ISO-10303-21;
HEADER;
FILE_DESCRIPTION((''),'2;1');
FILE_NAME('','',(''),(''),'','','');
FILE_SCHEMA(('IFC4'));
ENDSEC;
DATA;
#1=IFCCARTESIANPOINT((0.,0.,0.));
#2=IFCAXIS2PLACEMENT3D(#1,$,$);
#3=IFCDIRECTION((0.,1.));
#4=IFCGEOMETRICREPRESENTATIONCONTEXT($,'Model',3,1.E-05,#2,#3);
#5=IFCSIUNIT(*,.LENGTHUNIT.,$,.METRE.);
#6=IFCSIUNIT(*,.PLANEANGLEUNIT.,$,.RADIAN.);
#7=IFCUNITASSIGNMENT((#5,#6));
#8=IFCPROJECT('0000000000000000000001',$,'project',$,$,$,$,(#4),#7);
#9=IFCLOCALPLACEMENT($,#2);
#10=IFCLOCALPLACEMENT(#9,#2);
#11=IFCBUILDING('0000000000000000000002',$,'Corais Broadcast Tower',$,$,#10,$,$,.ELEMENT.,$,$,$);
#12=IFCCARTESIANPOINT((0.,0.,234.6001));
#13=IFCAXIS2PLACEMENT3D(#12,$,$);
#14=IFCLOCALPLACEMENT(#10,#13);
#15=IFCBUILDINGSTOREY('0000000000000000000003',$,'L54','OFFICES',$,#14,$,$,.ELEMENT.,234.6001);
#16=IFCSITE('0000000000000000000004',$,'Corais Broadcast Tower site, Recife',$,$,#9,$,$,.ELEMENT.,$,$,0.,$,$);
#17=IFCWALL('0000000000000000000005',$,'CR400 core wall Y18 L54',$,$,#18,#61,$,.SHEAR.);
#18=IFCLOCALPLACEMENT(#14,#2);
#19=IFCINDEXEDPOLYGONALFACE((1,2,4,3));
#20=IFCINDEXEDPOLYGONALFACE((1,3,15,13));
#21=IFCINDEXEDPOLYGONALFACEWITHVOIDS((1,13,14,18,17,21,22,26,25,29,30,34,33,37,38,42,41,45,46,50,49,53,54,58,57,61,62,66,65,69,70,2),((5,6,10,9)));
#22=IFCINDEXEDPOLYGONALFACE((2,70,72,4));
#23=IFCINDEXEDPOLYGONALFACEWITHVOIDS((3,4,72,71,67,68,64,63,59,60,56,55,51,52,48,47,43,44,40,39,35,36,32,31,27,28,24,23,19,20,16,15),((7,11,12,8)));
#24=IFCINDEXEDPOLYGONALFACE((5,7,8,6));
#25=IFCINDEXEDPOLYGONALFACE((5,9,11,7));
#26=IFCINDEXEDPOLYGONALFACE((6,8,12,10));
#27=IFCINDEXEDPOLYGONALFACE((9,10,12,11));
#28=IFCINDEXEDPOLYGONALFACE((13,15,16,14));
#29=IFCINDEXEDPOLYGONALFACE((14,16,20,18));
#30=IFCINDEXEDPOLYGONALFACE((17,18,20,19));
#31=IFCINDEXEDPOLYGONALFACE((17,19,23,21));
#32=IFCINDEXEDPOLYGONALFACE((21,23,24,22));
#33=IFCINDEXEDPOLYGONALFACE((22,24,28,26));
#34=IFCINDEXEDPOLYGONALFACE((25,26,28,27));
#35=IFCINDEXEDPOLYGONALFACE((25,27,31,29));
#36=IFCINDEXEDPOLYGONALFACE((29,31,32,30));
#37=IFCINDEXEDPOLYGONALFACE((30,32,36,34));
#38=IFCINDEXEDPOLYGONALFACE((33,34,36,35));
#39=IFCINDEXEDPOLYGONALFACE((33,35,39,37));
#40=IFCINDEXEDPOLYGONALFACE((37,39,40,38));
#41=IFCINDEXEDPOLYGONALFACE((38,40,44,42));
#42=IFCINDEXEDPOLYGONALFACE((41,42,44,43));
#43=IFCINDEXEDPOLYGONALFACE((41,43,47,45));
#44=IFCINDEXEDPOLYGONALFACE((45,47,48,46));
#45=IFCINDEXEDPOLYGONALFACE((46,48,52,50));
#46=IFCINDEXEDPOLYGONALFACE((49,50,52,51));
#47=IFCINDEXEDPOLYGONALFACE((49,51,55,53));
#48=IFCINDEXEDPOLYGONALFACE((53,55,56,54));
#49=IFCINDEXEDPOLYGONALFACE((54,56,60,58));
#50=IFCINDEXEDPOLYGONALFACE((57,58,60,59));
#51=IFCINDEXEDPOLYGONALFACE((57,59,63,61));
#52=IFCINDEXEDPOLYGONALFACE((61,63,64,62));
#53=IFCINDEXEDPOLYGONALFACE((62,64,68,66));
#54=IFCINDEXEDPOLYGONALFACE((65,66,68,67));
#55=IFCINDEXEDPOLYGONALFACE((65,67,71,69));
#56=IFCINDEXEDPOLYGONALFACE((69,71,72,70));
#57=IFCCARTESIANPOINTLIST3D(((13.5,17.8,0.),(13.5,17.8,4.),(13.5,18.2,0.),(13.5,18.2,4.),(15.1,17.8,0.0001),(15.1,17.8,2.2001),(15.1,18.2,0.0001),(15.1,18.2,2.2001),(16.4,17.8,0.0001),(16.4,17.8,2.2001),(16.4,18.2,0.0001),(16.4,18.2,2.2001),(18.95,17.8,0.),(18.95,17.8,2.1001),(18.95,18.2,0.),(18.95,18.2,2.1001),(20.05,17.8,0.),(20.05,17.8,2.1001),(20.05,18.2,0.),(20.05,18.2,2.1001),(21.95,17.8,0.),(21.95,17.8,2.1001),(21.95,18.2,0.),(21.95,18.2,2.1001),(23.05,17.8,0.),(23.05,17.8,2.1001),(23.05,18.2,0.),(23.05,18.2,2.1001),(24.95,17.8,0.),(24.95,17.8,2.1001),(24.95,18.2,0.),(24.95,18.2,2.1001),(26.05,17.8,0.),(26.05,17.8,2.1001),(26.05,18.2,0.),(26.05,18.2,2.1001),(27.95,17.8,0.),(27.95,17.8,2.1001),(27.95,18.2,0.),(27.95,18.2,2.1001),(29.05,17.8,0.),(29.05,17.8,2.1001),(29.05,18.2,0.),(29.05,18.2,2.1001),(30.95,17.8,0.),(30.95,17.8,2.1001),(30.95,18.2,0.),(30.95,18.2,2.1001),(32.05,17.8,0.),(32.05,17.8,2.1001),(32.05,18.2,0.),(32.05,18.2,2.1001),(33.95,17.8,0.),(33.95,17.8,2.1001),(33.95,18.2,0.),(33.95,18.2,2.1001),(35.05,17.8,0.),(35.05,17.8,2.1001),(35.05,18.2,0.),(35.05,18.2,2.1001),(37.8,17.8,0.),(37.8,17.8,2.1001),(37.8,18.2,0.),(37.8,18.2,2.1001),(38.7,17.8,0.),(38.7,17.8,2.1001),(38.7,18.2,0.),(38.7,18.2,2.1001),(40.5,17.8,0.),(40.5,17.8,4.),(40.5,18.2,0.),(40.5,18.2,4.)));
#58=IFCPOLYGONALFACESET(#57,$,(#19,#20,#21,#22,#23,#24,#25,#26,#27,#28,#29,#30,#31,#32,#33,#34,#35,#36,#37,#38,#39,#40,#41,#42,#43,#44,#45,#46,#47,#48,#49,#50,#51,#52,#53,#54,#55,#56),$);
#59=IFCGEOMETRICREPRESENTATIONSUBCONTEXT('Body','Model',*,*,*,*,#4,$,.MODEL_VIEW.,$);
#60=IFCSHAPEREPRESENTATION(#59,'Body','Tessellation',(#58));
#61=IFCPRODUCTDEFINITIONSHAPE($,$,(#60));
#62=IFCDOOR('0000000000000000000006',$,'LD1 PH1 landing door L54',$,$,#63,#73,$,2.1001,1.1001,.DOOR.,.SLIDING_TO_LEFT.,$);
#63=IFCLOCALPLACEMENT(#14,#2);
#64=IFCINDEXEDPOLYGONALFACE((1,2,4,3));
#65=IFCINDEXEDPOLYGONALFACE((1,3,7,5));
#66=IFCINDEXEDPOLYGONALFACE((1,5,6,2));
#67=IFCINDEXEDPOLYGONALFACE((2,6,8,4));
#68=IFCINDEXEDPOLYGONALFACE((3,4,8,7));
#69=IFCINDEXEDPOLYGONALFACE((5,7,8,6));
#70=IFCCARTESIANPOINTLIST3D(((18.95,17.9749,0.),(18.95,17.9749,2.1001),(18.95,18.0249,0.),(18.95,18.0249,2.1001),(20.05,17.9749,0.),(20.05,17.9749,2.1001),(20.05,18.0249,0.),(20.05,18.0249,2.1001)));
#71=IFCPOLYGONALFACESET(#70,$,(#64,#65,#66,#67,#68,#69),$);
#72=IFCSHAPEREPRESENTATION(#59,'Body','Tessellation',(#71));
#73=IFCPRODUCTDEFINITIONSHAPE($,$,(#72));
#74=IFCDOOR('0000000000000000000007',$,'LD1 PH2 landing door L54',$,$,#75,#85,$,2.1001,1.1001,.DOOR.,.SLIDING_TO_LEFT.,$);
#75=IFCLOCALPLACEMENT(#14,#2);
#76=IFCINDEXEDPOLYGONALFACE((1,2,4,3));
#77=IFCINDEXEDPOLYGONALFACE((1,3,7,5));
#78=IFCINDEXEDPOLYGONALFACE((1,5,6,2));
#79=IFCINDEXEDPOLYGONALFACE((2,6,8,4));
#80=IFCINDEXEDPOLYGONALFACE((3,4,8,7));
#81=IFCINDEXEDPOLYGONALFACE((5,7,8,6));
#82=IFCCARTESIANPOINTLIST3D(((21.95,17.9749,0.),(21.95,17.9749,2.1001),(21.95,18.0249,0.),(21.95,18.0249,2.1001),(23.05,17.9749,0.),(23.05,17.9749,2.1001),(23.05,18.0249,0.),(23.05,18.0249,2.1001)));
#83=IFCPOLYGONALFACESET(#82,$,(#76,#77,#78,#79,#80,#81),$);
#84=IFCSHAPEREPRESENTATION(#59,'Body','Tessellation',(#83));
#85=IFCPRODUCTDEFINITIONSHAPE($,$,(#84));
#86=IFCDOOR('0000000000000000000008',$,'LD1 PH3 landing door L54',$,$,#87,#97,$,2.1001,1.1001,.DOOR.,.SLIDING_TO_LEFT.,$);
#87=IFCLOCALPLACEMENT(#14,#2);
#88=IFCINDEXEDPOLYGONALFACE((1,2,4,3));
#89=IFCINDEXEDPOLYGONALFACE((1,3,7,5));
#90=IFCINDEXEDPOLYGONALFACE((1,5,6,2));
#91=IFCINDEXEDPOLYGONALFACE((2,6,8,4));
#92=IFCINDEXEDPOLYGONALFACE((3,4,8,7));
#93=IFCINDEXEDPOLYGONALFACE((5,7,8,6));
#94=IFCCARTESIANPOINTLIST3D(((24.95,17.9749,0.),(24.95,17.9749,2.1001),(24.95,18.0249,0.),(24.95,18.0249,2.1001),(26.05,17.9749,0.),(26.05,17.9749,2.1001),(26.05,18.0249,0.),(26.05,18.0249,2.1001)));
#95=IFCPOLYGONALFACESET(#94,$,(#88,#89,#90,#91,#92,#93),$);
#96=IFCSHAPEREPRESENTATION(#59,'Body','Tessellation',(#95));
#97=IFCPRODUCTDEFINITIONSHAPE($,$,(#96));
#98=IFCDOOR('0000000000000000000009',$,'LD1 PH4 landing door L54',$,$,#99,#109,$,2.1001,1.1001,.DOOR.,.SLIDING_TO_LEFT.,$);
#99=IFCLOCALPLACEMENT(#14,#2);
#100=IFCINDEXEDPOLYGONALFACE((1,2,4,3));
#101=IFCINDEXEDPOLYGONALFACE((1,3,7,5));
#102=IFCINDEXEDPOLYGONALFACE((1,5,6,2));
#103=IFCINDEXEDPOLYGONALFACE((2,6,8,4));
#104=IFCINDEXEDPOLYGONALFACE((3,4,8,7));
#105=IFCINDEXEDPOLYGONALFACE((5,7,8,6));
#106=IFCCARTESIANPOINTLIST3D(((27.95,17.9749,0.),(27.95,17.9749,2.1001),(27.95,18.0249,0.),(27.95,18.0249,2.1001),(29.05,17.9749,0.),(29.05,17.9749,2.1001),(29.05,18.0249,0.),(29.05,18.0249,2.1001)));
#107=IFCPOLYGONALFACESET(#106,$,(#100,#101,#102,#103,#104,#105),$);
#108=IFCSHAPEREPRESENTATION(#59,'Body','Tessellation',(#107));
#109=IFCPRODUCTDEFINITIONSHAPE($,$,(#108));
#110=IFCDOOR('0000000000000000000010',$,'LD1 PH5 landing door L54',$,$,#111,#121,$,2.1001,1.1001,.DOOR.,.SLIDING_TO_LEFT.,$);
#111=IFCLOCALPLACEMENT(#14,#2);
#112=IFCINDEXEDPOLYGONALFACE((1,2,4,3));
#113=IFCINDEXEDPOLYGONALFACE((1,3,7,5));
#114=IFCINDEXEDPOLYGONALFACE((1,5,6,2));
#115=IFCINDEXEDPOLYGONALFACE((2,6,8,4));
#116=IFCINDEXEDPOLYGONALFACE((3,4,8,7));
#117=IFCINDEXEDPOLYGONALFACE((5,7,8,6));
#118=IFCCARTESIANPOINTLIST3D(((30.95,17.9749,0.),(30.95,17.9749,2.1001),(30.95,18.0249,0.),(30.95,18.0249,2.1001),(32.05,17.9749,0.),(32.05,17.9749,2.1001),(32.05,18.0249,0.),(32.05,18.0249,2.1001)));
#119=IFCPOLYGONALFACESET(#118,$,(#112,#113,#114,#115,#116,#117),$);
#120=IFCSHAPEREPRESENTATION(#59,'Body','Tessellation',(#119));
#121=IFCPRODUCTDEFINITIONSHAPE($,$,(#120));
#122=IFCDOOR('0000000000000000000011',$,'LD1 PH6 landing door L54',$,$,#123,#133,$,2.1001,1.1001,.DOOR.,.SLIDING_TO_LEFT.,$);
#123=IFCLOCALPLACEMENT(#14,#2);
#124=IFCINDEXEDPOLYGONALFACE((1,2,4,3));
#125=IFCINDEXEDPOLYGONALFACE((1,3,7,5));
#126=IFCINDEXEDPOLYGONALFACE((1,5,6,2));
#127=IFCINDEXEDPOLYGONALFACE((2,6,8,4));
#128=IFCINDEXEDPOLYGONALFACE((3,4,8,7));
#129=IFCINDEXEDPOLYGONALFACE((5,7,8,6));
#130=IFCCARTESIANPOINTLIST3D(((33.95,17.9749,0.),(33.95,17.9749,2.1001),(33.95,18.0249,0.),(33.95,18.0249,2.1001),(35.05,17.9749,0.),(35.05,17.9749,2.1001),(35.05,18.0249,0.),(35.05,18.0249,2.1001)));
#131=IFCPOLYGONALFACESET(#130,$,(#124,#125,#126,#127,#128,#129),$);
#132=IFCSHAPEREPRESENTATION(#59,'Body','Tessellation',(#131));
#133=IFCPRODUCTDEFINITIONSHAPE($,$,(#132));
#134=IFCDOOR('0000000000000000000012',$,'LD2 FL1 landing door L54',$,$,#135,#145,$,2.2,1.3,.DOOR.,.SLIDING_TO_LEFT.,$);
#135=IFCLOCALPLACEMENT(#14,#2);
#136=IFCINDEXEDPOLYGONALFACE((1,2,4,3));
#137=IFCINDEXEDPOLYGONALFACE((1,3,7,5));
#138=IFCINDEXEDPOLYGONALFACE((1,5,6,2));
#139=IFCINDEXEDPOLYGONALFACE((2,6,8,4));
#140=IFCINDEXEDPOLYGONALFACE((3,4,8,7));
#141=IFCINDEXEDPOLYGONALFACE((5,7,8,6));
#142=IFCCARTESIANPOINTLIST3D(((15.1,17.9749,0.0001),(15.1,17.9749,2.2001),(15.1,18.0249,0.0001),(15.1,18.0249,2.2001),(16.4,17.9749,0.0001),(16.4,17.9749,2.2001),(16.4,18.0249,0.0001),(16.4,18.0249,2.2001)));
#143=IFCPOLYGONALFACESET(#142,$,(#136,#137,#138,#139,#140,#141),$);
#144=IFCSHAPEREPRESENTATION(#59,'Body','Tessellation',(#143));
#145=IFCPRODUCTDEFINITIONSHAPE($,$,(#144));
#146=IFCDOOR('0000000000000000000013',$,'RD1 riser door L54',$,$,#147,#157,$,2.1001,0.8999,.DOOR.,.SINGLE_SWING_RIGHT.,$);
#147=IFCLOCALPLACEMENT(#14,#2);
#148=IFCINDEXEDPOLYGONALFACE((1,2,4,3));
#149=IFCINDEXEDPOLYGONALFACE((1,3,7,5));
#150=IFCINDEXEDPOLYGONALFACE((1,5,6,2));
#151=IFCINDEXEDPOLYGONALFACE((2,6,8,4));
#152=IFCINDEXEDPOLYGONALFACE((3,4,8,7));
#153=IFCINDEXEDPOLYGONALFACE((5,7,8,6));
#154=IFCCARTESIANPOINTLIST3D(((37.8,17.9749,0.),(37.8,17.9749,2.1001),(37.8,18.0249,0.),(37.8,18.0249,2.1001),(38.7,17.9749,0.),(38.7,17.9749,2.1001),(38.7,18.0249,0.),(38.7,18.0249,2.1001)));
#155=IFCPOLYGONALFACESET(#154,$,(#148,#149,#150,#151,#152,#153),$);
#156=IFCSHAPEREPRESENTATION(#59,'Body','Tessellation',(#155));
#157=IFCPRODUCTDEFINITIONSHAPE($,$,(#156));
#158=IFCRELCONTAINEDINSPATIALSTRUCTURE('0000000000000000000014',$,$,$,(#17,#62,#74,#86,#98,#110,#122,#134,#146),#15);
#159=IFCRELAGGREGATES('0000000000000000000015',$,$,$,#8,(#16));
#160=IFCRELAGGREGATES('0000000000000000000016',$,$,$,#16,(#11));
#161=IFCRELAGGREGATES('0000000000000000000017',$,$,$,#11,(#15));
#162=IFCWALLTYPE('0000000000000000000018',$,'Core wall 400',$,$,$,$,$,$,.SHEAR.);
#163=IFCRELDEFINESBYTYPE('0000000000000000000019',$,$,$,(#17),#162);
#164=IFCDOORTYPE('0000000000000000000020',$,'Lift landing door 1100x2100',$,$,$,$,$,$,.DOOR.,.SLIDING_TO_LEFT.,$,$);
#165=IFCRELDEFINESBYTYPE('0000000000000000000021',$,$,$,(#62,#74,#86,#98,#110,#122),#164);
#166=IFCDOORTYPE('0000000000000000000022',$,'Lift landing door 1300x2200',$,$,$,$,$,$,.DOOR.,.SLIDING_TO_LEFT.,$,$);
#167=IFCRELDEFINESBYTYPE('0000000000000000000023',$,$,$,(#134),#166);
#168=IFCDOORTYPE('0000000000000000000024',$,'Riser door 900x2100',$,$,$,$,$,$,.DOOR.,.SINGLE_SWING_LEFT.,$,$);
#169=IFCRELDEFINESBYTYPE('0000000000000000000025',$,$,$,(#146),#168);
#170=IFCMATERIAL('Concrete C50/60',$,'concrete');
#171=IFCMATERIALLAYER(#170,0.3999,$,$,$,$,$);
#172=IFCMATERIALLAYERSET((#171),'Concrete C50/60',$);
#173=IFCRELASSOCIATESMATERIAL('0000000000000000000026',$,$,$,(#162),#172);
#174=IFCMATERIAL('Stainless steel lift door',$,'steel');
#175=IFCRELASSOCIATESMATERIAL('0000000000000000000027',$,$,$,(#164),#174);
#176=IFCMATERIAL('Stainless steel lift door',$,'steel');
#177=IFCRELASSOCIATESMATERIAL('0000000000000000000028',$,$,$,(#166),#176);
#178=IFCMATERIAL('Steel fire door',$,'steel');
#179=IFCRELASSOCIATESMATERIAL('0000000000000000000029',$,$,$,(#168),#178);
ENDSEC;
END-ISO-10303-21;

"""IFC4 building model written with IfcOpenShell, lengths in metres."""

from ifc_helpers import new_model, si_unit, direction, frame, frame_2d, origin, place, context, subcontext, project, spatial, rectangle, extrude, material, layer, layer_set, type_object, element, fill, save


model = new_model("IFC4")

# Units and contexts
model_context = context("Model", 3, precision=1e-05, world=origin(), true_north=direction((0.0, 1.0)))
body_context = subcontext(model_context, "Body", "Model", "MODEL_VIEW")
ifc_project = project(units=[si_unit("LENGTHUNIT", "METRE"), si_unit("PLANEANGLEUNIT", "RADIAN")], contexts=[model_context])

# Site, building, storey
site_placement = place(None, origin())
site = spatial("IfcSite", under=ifc_project, at=site_placement, Name="Corais Broadcast Tower site, Recife", CompositionType="ELEMENT", RefElevation=0.0)
building_placement = place(site_placement, origin())
building = spatial("IfcBuilding", under=site, at=building_placement, Name="Corais Broadcast Tower", CompositionType="ELEMENT")
storey_placement = place(building_placement, frame((0.0, 0.0, 234.6001)))
storey = spatial("IfcBuildingStorey", under=building, at=storey_placement, Name="L54", Description="OFFICES", CompositionType="ELEMENT", Elevation=234.6001)

# Wall, openings, doors
ifc_material_1 = material(Name="Concrete C50/60", Category="concrete")
ifc_layer_1 = layer(ifc_material_1, 0.3999)
ifc_layer_set_1 = layer_set([ifc_layer_1], Name="Concrete C50/60")
wall_type_1 = type_object("IfcWallType", Name="Core wall 400", PredefinedType="SHEAR", material=ifc_layer_set_1)
wall_1_placement = place(storey_placement, frame((13.5, 18.0, 0.0), z_axis=(0.0, 0.0, 1.0), x_axis=(1.0, 0.0, 0.0)))
wall_1 = element("IfcWall", 1, at=wall_1_placement, inside=storey, type_object=wall_type_1, Name="CR400 core wall Y18 L54", PredefinedType="SHEAR", context=body_context, shape_type="SweptSolid", body=[
    extrude(rectangle(XDim=27.0, YDim=0.3999, at=frame_2d((13.5, 0.0))), origin(), (0.0, 0.0, 1.0), 4.0),
])
opening_1_placement = place(wall_1_placement, frame((24.3, 0.0, 0.0)))
opening_1 = element("IfcOpeningElement", 2, at=opening_1_placement, cuts=wall_1, PredefinedType="OPENING", context=body_context, shape_type="SweptSolid", body=[
    extrude(rectangle(XDim=0.8999, YDim=2.1001, at=frame_2d((0.45, 1.05))), frame((0.0, 0.21, 0.0), z_axis=(0.0, -1.0, 0.0), x_axis=(1.0, 0.0, 0.0)), (0.0, 0.0, 1.0), 0.4199),
])
opening_2_placement = place(wall_1_placement, frame((5.45, 0.0, 0.0)))
opening_2 = element("IfcOpeningElement", 3, at=opening_2_placement, cuts=wall_1, PredefinedType="OPENING", context=body_context, shape_type="SweptSolid", body=[
    extrude(rectangle(XDim=1.1001, YDim=2.1001, at=frame_2d((0.55, 1.05))), frame((0.0, 0.21, 0.0), z_axis=(0.0, -1.0, 0.0), x_axis=(1.0, 0.0, 0.0)), (0.0, 0.0, 1.0), 0.4199),
])
opening_3_placement = place(wall_1_placement, frame((8.45, 0.0, 0.0)))
opening_3 = element("IfcOpeningElement", 4, at=opening_3_placement, cuts=wall_1, PredefinedType="OPENING", context=body_context, shape_type="SweptSolid", body=[
    extrude(rectangle(XDim=1.1001, YDim=2.1001, at=frame_2d((0.55, 1.05))), frame((0.0, 0.21, 0.0), z_axis=(0.0, -1.0, 0.0), x_axis=(1.0, 0.0, 0.0)), (0.0, 0.0, 1.0), 0.4199),
])
opening_4_placement = place(wall_1_placement, frame((11.45, 0.0, 0.0)))
opening_4 = element("IfcOpeningElement", 5, at=opening_4_placement, cuts=wall_1, PredefinedType="OPENING", context=body_context, shape_type="SweptSolid", body=[
    extrude(rectangle(XDim=1.1001, YDim=2.1001, at=frame_2d((0.55, 1.05))), frame((0.0, 0.21, 0.0), z_axis=(0.0, -1.0, 0.0), x_axis=(1.0, 0.0, 0.0)), (0.0, 0.0, 1.0), 0.4199),
])
opening_5_placement = place(wall_1_placement, frame((14.45, 0.0, 0.0)))
opening_5 = element("IfcOpeningElement", 6, at=opening_5_placement, cuts=wall_1, PredefinedType="OPENING", context=body_context, shape_type="SweptSolid", body=[
    extrude(rectangle(XDim=1.1001, YDim=2.1001, at=frame_2d((0.55, 1.05))), frame((0.0, 0.21, 0.0), z_axis=(0.0, -1.0, 0.0), x_axis=(1.0, 0.0, 0.0)), (0.0, 0.0, 1.0), 0.4199),
])
opening_6_placement = place(wall_1_placement, frame((17.45, 0.0, 0.0)))
opening_6 = element("IfcOpeningElement", 7, at=opening_6_placement, cuts=wall_1, PredefinedType="OPENING", context=body_context, shape_type="SweptSolid", body=[
    extrude(rectangle(XDim=1.1001, YDim=2.1001, at=frame_2d((0.55, 1.05))), frame((0.0, 0.21, 0.0), z_axis=(0.0, -1.0, 0.0), x_axis=(1.0, 0.0, 0.0)), (0.0, 0.0, 1.0), 0.4199),
])
opening_7_placement = place(wall_1_placement, frame((20.45, 0.0, 0.0)))
opening_7 = element("IfcOpeningElement", 8, at=opening_7_placement, cuts=wall_1, PredefinedType="OPENING", context=body_context, shape_type="SweptSolid", body=[
    extrude(rectangle(XDim=1.1001, YDim=2.1001, at=frame_2d((0.55, 1.05))), frame((0.0, 0.21, 0.0), z_axis=(0.0, -1.0, 0.0), x_axis=(1.0, 0.0, 0.0)), (0.0, 0.0, 1.0), 0.4199),
])
opening_8_placement = place(wall_1_placement, frame((1.6001, 0.0, 0.0)))
opening_8 = element("IfcOpeningElement", 9, at=opening_8_placement, cuts=wall_1, PredefinedType="OPENING", context=body_context, shape_type="SweptSolid", body=[
    extrude(rectangle(XDim=1.3, YDim=2.2, at=frame_2d((0.6499, 1.1001))), frame((0.0, 0.21, 0.0), z_axis=(0.0, -1.0, 0.0), x_axis=(1.0, 0.0, 0.0)), (0.0, 0.0, 1.0), 0.4199),
])
ifc_material_2 = material(Name="Stainless steel lift door", Category="steel")
door_type_1 = type_object("IfcDoorType", Name="Lift landing door 1100x2100", OperationType="SLIDING_TO_LEFT", PredefinedType="DOOR", material=ifc_material_2)
door_1_placement = place(opening_2_placement, origin())
door_1 = element("IfcDoor", 10, at=door_1_placement, inside=storey, type_object=door_type_1, Name="LD1 PH1 landing door L54", OperationType="SLIDING_TO_LEFT", OverallHeight=2.1001, OverallWidth=1.1001, PredefinedType="DOOR", context=body_context, shape_type="SweptSolid", body=[
    extrude(rectangle(XDim=1.1001, YDim=2.1001, at=frame_2d((0.55, 1.05))), frame((0.0, 0.0249, 0.0), z_axis=(0.0, -1.0, 0.0), x_axis=(1.0, 0.0, 0.0)), (0.0, 0.0, 1.0), 0.05),
])
fill(opening_2, door_1)
door_2_placement = place(opening_3_placement, origin())
door_2 = element("IfcDoor", 11, at=door_2_placement, inside=storey, type_object=door_type_1, Name="LD1 PH2 landing door L54", OperationType="SLIDING_TO_LEFT", OverallHeight=2.1001, OverallWidth=1.1001, PredefinedType="DOOR", context=body_context, shape_type="SweptSolid", body=[
    extrude(rectangle(XDim=1.1001, YDim=2.1001, at=frame_2d((0.55, 1.05))), frame((0.0, 0.0249, 0.0), z_axis=(0.0, -1.0, 0.0), x_axis=(1.0, 0.0, 0.0)), (0.0, 0.0, 1.0), 0.05),
])
fill(opening_3, door_2)
door_3_placement = place(opening_4_placement, origin())
door_3 = element("IfcDoor", 12, at=door_3_placement, inside=storey, type_object=door_type_1, Name="LD1 PH3 landing door L54", OperationType="SLIDING_TO_LEFT", OverallHeight=2.1001, OverallWidth=1.1001, PredefinedType="DOOR", context=body_context, shape_type="SweptSolid", body=[
    extrude(rectangle(XDim=1.1001, YDim=2.1001, at=frame_2d((0.55, 1.05))), frame((0.0, 0.0249, 0.0), z_axis=(0.0, -1.0, 0.0), x_axis=(1.0, 0.0, 0.0)), (0.0, 0.0, 1.0), 0.05),
])
fill(opening_4, door_3)
door_4_placement = place(opening_5_placement, origin())
door_4 = element("IfcDoor", 13, at=door_4_placement, inside=storey, type_object=door_type_1, Name="LD1 PH4 landing door L54", OperationType="SLIDING_TO_LEFT", OverallHeight=2.1001, OverallWidth=1.1001, PredefinedType="DOOR", context=body_context, shape_type="SweptSolid", body=[
    extrude(rectangle(XDim=1.1001, YDim=2.1001, at=frame_2d((0.55, 1.05))), frame((0.0, 0.0249, 0.0), z_axis=(0.0, -1.0, 0.0), x_axis=(1.0, 0.0, 0.0)), (0.0, 0.0, 1.0), 0.05),
])
fill(opening_5, door_4)
door_5_placement = place(opening_6_placement, origin())
door_5 = element("IfcDoor", 14, at=door_5_placement, inside=storey, type_object=door_type_1, Name="LD1 PH5 landing door L54", OperationType="SLIDING_TO_LEFT", OverallHeight=2.1001, OverallWidth=1.1001, PredefinedType="DOOR", context=body_context, shape_type="SweptSolid", body=[
    extrude(rectangle(XDim=1.1001, YDim=2.1001, at=frame_2d((0.55, 1.05))), frame((0.0, 0.0249, 0.0), z_axis=(0.0, -1.0, 0.0), x_axis=(1.0, 0.0, 0.0)), (0.0, 0.0, 1.0), 0.05),
])
fill(opening_6, door_5)
door_6_placement = place(opening_7_placement, origin())
door_6 = element("IfcDoor", 15, at=door_6_placement, inside=storey, type_object=door_type_1, Name="LD1 PH6 landing door L54", OperationType="SLIDING_TO_LEFT", OverallHeight=2.1001, OverallWidth=1.1001, PredefinedType="DOOR", context=body_context, shape_type="SweptSolid", body=[
    extrude(rectangle(XDim=1.1001, YDim=2.1001, at=frame_2d((0.55, 1.05))), frame((0.0, 0.0249, 0.0), z_axis=(0.0, -1.0, 0.0), x_axis=(1.0, 0.0, 0.0)), (0.0, 0.0, 1.0), 0.05),
])
fill(opening_7, door_6)
ifc_material_3 = material(Name="Stainless steel lift door", Category="steel")
door_type_2 = type_object("IfcDoorType", Name="Lift landing door 1300x2200", OperationType="SLIDING_TO_LEFT", PredefinedType="DOOR", material=ifc_material_3)
door_7_placement = place(opening_8_placement, origin())
door_7 = element("IfcDoor", 16, at=door_7_placement, inside=storey, type_object=door_type_2, Name="LD2 FL1 landing door L54", OperationType="SLIDING_TO_LEFT", OverallHeight=2.2, OverallWidth=1.3, PredefinedType="DOOR", context=body_context, shape_type="SweptSolid", body=[
    extrude(rectangle(XDim=1.3, YDim=2.2, at=frame_2d((0.6499, 1.1001))), frame((0.0, 0.0249, 0.0), z_axis=(0.0, -1.0, 0.0), x_axis=(1.0, 0.0, 0.0)), (0.0, 0.0, 1.0), 0.05),
])
fill(opening_8, door_7)
ifc_material_4 = material(Name="Steel fire door", Category="steel")
door_type_3 = type_object("IfcDoorType", Name="Riser door 900x2100", OperationType="SINGLE_SWING_LEFT", PredefinedType="DOOR", material=ifc_material_4)
door_8_placement = place(opening_1_placement, origin())
door_8 = element("IfcDoor", 17, at=door_8_placement, inside=storey, type_object=door_type_3, Name="RD1 riser door L54", OperationType="SINGLE_SWING_RIGHT", OverallHeight=2.1001, OverallWidth=0.8999, PredefinedType="DOOR", context=body_context, shape_type="SweptSolid", body=[
    extrude(rectangle(XDim=0.8999, YDim=2.1001, at=frame_2d((0.45, 1.05))), frame((0.0, 0.0249, 0.0), z_axis=(0.0, -1.0, 0.0), x_axis=(1.0, 0.0, 0.0)), (0.0, 0.0, 1.0), 0.05),
])
fill(opening_1, door_8)

save(model, "model.ifc")
